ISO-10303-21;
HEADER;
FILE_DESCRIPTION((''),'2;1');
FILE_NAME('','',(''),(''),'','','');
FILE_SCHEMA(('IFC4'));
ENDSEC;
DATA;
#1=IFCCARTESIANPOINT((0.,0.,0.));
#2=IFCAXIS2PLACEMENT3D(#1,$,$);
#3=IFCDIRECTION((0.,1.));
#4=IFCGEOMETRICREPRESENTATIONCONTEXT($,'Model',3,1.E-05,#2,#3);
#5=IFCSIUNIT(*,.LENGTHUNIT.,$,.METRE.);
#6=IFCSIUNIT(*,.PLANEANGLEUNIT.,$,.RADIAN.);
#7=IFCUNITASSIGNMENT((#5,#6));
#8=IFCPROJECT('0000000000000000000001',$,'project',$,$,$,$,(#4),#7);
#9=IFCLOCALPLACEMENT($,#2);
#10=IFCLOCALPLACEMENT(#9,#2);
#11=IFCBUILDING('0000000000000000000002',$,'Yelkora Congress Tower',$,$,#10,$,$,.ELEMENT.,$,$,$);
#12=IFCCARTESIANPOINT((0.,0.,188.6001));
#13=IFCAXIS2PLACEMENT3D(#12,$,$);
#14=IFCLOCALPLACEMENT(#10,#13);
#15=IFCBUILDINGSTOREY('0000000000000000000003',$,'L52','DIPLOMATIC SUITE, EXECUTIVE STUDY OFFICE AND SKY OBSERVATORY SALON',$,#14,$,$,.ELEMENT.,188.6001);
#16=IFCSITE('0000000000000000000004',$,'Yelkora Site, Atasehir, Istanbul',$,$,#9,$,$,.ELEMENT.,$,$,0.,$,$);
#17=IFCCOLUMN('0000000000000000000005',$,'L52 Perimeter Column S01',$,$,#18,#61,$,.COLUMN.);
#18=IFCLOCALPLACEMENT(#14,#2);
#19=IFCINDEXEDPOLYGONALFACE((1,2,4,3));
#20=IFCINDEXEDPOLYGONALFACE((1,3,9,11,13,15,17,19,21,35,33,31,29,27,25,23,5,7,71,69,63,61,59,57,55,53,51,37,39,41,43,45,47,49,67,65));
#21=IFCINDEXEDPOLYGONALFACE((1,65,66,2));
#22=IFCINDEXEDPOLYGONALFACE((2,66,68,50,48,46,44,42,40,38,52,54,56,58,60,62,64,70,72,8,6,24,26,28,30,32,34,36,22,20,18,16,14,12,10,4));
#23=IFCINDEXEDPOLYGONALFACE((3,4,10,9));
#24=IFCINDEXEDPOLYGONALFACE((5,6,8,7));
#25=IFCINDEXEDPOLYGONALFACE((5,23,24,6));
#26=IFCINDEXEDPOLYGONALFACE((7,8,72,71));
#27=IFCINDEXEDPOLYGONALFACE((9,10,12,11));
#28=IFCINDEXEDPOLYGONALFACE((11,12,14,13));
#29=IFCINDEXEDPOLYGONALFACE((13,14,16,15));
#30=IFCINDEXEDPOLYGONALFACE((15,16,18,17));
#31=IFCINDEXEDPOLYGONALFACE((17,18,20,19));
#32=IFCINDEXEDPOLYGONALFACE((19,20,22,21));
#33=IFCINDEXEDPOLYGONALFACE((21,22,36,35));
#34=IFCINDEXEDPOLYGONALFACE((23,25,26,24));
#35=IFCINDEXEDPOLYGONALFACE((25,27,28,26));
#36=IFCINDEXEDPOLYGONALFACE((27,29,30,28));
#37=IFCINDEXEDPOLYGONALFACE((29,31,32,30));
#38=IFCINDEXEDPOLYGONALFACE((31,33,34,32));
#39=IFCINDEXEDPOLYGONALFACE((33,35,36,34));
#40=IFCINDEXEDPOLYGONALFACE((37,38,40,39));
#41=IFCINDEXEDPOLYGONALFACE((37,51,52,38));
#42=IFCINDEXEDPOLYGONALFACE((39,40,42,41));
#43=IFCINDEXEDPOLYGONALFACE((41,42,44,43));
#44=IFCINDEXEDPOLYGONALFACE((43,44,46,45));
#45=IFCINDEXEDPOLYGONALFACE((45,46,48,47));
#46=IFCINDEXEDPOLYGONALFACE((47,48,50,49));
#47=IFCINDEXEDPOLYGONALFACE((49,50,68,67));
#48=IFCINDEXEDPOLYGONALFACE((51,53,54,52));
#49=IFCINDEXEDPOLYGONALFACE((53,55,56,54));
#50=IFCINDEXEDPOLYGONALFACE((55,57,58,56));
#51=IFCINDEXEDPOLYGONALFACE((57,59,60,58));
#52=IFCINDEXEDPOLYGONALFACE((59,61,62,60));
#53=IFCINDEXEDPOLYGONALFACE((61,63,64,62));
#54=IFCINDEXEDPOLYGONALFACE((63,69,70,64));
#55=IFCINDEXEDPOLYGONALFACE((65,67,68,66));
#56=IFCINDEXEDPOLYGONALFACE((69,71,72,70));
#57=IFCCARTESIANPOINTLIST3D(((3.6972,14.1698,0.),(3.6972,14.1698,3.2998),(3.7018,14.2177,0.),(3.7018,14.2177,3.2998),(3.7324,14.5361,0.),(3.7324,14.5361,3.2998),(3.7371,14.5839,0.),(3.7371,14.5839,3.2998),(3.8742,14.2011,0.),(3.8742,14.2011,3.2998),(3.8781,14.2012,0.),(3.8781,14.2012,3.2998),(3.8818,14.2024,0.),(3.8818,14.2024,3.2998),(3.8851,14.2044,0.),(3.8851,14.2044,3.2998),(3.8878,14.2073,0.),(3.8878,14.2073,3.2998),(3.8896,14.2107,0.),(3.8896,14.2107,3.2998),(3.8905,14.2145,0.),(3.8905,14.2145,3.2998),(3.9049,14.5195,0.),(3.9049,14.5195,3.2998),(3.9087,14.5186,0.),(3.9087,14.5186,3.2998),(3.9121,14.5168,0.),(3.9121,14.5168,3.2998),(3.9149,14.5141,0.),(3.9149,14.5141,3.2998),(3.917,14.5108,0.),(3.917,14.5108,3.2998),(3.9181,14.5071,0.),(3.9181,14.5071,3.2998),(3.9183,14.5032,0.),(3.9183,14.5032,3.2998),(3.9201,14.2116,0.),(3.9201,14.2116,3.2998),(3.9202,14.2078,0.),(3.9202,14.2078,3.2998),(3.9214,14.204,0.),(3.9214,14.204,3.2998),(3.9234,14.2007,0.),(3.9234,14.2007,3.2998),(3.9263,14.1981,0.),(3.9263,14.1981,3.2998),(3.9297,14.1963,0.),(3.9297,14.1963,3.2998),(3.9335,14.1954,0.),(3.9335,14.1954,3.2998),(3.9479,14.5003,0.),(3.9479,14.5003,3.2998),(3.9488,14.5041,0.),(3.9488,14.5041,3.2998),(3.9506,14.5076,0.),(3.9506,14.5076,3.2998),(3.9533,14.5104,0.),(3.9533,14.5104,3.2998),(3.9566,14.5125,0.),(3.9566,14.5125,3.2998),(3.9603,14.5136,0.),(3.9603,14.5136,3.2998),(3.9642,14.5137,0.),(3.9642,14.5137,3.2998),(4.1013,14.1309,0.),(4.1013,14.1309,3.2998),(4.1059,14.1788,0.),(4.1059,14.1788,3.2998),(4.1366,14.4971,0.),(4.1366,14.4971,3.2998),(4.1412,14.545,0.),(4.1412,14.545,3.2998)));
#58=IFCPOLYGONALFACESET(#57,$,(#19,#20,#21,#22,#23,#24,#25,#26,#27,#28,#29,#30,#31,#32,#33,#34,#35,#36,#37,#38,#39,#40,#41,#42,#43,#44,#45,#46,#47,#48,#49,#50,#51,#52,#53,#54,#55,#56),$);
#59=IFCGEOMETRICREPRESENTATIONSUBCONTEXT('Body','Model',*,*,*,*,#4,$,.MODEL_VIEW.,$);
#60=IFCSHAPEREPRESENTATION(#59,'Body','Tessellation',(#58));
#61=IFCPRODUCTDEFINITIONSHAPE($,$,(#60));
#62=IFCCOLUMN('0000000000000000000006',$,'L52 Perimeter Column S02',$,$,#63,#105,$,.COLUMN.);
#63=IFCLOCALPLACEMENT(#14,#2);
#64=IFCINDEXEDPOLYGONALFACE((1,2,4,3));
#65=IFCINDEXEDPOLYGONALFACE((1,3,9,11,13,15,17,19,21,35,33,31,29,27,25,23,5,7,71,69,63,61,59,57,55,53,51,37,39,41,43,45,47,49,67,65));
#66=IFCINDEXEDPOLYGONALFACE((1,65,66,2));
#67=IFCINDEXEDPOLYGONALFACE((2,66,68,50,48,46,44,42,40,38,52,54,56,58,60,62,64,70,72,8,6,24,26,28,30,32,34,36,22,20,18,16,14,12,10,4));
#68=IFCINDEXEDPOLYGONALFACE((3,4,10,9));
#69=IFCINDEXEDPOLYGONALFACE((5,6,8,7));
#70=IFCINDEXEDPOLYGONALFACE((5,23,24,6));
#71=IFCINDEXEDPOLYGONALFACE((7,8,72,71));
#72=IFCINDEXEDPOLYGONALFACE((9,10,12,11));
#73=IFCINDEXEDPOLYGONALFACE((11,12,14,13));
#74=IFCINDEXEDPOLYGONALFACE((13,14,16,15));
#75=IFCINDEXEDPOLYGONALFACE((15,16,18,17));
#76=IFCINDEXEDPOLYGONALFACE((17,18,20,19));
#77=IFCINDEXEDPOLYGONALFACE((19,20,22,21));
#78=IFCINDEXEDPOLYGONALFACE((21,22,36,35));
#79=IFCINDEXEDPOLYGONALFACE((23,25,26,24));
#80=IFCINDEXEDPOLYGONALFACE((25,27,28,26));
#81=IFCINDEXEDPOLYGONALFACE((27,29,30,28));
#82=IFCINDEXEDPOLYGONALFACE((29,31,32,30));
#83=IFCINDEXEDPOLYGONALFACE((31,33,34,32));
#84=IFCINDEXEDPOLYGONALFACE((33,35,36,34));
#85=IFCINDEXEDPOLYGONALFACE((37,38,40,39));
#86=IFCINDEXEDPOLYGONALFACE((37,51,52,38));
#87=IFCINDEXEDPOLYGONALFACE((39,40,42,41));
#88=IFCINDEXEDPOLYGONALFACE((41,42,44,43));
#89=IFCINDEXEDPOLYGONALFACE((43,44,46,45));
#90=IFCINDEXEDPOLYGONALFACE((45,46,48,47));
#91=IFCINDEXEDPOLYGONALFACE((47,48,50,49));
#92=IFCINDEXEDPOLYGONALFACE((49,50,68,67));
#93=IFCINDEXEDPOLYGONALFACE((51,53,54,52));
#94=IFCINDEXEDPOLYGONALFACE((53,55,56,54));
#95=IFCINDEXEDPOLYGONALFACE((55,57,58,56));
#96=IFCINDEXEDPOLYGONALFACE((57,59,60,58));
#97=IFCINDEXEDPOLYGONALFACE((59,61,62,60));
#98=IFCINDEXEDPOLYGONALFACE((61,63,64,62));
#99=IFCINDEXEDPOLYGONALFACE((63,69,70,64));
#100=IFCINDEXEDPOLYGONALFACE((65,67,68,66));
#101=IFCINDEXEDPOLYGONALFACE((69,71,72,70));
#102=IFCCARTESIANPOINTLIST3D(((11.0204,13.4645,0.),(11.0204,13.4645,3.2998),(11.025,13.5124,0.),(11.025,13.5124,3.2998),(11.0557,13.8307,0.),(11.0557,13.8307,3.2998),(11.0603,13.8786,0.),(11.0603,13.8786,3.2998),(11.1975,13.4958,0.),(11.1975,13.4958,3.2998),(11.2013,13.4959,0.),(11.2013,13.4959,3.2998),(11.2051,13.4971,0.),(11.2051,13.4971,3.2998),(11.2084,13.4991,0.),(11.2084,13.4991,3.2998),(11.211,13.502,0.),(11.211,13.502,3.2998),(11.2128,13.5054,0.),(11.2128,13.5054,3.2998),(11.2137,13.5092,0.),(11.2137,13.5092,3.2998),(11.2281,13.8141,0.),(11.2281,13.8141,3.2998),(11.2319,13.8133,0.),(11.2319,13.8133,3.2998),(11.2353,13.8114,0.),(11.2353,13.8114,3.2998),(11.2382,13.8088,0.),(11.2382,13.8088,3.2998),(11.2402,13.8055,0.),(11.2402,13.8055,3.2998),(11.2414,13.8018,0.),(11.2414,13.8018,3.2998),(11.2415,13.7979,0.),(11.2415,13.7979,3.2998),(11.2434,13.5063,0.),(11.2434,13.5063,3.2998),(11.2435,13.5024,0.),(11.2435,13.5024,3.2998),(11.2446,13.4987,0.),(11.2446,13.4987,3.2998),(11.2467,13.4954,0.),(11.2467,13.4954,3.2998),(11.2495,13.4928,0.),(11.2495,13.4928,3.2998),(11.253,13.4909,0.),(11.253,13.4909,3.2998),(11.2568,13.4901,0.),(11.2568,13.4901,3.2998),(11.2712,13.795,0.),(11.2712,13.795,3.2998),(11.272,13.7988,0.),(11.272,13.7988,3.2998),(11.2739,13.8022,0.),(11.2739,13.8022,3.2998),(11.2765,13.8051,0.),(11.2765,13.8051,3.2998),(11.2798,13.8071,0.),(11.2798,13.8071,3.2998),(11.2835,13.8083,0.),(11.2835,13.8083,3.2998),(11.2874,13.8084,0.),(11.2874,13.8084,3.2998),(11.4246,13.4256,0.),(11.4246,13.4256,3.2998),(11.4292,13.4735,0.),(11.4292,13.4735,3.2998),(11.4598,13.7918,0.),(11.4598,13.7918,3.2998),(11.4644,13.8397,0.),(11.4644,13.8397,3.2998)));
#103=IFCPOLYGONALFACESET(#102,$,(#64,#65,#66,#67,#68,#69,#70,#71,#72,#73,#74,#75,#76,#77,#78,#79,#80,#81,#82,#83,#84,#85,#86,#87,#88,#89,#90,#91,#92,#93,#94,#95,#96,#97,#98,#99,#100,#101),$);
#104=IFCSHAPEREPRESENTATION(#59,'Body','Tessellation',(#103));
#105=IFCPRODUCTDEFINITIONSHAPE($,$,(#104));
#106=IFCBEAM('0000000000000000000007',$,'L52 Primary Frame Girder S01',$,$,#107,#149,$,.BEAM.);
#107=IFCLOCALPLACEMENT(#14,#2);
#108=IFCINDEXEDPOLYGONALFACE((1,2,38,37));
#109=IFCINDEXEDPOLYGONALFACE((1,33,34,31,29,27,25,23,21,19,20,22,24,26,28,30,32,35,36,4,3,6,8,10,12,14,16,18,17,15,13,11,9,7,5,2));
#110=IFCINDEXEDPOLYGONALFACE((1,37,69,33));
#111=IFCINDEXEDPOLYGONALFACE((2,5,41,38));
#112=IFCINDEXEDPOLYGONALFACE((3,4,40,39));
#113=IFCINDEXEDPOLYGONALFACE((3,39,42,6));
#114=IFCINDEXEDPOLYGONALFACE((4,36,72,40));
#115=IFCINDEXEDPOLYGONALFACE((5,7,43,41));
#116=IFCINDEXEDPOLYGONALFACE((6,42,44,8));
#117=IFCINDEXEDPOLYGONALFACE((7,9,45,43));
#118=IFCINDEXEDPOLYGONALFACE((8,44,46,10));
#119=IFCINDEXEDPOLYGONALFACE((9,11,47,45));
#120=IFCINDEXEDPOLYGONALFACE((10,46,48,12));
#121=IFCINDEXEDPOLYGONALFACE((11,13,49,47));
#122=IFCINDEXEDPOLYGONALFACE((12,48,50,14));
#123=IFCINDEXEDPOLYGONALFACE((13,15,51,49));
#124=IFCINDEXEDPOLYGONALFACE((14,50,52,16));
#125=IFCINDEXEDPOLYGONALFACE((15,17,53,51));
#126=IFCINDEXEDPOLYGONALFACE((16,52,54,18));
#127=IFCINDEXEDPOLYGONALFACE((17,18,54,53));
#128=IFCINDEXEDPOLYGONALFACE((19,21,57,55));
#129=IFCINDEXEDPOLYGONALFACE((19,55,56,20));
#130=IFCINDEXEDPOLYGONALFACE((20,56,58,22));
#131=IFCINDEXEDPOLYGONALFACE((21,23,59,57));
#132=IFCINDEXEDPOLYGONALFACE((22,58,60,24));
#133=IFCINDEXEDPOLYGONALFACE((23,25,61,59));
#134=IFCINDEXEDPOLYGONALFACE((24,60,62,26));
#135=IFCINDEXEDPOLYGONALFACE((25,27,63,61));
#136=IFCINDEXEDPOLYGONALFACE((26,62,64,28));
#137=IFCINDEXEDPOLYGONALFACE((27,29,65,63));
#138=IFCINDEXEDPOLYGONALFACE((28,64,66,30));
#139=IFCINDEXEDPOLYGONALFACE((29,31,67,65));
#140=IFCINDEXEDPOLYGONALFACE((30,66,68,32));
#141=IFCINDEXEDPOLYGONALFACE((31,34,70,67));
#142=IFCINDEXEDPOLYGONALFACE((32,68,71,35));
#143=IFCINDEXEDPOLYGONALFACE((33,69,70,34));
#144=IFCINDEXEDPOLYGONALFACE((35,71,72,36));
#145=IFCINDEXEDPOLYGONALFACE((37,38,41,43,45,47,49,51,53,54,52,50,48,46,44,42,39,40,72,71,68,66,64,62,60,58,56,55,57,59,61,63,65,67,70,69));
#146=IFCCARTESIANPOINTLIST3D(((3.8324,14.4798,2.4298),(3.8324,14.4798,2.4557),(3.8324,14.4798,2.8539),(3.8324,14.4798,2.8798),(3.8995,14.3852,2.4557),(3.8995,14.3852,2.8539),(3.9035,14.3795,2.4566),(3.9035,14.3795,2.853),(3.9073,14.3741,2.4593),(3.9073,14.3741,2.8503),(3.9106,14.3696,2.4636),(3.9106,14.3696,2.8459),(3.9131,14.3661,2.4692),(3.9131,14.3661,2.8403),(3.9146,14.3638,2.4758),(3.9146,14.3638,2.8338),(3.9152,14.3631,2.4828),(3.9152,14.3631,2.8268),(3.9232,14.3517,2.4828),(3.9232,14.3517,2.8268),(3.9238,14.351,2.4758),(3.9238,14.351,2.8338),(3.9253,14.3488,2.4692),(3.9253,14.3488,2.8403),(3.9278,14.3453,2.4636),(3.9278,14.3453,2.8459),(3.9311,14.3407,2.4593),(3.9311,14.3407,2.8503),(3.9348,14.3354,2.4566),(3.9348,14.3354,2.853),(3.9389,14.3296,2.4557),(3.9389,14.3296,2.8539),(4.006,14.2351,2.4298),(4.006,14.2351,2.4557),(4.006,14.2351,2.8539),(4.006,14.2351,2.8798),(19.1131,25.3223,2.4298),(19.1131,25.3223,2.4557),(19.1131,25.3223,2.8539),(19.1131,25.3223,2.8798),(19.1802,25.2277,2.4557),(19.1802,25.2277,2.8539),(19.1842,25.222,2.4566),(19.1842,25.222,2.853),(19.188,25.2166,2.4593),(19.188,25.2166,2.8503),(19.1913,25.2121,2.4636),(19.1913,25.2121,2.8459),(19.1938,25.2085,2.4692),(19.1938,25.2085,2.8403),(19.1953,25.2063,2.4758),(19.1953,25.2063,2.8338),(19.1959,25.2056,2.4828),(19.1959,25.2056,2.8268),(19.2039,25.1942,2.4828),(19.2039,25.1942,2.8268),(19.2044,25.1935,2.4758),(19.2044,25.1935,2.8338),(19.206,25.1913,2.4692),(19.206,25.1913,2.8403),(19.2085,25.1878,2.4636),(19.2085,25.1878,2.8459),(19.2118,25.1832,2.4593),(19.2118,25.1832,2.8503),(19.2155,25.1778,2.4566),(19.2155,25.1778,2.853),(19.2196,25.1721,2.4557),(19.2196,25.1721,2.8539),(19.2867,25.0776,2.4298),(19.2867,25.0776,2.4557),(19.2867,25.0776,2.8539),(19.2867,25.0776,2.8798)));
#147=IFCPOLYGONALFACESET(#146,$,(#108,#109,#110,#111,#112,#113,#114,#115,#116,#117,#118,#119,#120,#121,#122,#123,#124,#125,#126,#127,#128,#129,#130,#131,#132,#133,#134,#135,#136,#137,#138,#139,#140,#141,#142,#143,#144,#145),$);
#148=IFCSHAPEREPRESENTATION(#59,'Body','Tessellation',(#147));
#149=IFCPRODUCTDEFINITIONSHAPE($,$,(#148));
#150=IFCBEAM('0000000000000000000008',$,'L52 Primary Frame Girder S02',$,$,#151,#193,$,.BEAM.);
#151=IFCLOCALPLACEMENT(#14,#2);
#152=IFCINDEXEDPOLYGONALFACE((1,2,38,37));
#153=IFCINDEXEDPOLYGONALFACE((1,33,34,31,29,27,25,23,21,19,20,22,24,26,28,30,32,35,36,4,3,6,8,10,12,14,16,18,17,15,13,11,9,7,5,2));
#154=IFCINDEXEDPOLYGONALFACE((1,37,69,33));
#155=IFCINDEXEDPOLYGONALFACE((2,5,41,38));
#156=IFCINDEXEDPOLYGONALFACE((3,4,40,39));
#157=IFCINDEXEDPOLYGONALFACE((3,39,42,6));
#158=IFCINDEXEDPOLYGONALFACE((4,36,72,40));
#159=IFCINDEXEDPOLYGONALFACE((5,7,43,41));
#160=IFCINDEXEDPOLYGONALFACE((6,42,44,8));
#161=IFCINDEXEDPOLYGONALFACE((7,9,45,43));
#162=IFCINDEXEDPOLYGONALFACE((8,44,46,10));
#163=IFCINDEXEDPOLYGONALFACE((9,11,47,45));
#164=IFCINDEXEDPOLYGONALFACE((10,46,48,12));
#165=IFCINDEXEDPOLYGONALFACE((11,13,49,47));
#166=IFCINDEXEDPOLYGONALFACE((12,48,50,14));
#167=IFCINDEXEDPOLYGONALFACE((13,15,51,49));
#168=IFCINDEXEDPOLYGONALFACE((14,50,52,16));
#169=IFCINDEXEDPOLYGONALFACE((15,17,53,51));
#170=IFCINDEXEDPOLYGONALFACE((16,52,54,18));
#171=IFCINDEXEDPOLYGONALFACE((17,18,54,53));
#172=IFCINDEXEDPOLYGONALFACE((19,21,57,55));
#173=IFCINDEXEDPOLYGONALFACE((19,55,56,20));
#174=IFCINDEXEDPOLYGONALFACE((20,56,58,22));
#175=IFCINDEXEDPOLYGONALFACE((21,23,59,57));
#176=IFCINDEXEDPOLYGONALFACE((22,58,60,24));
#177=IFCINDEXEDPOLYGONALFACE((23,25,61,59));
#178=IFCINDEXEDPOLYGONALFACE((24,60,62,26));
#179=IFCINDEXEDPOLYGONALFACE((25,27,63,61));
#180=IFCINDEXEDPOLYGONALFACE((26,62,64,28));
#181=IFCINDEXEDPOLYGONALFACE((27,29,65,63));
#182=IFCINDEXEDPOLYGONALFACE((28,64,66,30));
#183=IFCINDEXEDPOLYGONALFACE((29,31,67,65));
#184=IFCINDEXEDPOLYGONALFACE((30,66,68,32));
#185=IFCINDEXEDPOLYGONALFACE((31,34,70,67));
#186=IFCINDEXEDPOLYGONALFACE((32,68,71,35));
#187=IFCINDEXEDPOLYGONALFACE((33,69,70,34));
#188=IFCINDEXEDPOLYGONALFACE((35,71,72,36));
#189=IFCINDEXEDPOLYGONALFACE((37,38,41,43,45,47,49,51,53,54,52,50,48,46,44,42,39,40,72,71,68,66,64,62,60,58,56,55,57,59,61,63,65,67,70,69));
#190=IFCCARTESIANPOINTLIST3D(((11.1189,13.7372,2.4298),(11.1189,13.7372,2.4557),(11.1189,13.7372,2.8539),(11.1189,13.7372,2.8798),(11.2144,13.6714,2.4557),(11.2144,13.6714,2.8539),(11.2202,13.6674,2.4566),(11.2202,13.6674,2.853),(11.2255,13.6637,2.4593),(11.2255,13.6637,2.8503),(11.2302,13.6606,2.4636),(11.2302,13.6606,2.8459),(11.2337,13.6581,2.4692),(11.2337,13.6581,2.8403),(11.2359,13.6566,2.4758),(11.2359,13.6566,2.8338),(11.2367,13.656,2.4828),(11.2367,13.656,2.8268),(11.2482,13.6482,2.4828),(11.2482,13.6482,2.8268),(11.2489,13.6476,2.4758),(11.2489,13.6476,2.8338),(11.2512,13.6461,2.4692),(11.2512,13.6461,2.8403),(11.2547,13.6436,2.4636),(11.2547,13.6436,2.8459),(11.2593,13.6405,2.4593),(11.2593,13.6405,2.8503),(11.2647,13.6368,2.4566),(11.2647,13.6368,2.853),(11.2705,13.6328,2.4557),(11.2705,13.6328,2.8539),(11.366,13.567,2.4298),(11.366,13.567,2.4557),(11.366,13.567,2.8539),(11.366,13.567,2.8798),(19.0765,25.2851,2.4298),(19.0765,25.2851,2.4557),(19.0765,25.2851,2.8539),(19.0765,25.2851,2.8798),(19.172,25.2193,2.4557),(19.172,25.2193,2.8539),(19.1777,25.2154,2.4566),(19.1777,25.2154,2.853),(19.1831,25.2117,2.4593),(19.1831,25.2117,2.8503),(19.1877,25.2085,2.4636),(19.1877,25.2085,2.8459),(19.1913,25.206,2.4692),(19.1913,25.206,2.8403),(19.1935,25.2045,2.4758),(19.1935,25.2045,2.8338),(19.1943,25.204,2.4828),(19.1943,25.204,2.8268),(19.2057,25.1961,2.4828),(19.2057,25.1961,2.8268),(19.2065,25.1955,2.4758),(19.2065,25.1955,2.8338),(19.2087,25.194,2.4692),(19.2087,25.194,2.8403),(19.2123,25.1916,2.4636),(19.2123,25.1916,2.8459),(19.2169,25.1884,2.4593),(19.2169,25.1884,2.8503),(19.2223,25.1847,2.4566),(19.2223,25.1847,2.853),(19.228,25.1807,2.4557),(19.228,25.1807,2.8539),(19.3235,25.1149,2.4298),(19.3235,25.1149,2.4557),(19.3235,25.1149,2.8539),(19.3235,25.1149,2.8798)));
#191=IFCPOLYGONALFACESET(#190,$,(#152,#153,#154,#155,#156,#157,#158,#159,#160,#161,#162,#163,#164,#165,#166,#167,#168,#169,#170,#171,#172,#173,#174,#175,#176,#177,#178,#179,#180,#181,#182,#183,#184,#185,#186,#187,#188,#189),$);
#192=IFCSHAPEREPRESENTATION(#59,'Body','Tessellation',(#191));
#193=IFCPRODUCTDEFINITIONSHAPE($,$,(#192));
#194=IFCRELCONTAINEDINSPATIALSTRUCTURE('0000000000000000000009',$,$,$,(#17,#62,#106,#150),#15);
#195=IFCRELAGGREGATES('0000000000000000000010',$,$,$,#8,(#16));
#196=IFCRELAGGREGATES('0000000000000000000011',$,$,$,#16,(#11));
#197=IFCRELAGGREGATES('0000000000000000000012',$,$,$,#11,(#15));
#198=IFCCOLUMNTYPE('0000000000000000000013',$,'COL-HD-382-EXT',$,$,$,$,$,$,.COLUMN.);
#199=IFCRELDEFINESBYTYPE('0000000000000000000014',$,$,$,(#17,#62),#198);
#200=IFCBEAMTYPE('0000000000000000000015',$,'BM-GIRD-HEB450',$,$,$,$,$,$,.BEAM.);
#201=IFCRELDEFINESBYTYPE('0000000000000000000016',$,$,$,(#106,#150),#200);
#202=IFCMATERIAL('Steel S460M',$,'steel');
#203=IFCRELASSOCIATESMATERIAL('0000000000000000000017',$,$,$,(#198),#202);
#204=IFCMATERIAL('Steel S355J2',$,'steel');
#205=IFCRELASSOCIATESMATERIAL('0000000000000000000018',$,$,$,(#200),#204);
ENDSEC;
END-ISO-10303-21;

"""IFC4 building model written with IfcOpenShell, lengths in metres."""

from ifc_helpers import new_model, si_unit, direction, frame, origin, origin_2d, place, context, subcontext, project, spatial, i_section, extrude, material, material_profile, profile_set, type_object, element, save


model = new_model("IFC4")

# Units and contexts
model_context = context("Model", 3, precision=1e-05, world=origin(), true_north=direction((0.0, 1.0)))
body_context = subcontext(model_context, "Body", "Model", "MODEL_VIEW")
ifc_project = project(units=[si_unit("LENGTHUNIT", "METRE"), si_unit("PLANEANGLEUNIT", "RADIAN")], contexts=[model_context])

# Site, building, storey
site_placement = place(None, origin())
site = spatial("IfcSite", under=ifc_project, at=site_placement, Name="Yelkora Site, Atasehir, Istanbul", CompositionType="ELEMENT", RefElevation=0.0)
building_placement = place(site_placement, origin())
building = spatial("IfcBuilding", under=site, at=building_placement, Name="Yelkora Congress Tower", CompositionType="ELEMENT")
storey_placement = place(building_placement, frame((0.0, 0.0, 188.6001)))
storey = spatial("IfcBuildingStorey", under=building, at=storey_placement, Name="L52", Description="DIPLOMATIC SUITE, EXECUTIVE STUDY OFFICE AND SKY OBSERVATORY SALON", CompositionType="ELEMENT", Elevation=188.6001)

# Columns
ifc_material_1 = material(Name="Steel S460M", Category="steel")
ifc_material_profile_1 = material_profile(ifc_material_1, i_section(OverallWidth=0.406, OverallDepth=0.416, WebThickness=0.0298, FlangeThickness=0.0481, FilletRadius=0.0149, at=origin_2d()), Name="HD 400x382")
ifc_profile_set_1 = profile_set([ifc_material_profile_1], Name="Steel S460M")
column_type = type_object("IfcColumnType", Name="COL-HD-382-EXT", PredefinedType="COLUMN", material=ifc_profile_set_1)
for number, where, z_axis, x_axis, name in (
    (1, (3.9192, 14.3574, 0.0), (0.0, 0.0, 1.0), (0.995396, -0.095846, 0.0), "L52 Perimeter Column S01"),
    (2, (11.2424, 13.6521, 0.0), (0.0, 0.0, 1.0), (0.995396, -0.095846, 0.0), "L52 Perimeter Column S02"),
):
    element("IfcColumn", number, at=place(storey_placement, frame(where, z_axis=z_axis, x_axis=x_axis)), inside=storey, type_object=column_type, Name=name, PredefinedType="COLUMN", context=body_context, shape_type="SweptSolid", body=[
        extrude(i_section(OverallWidth=0.406, OverallDepth=0.416, WebThickness=0.0298, FlangeThickness=0.0481, FilletRadius=0.0149, at=origin_2d()), origin(), (0.0, 0.0, 1.0), 3.2998),
    ])

# Beams
ifc_material_2 = material(Name="Steel S355J2", Category="steel")
ifc_material_profile_2 = material_profile(ifc_material_2, i_section(OverallWidth=0.3, OverallDepth=0.45, WebThickness=0.0139, FlangeThickness=0.0259, FilletRadius=0.0271, at=origin_2d()), Name="HEB 450")
ifc_profile_set_2 = profile_set([ifc_material_profile_2], Name="Steel S355J2")
beam_type_1 = type_object("IfcBeamType", Name="BM-GIRD-HEB450", PredefinedType="BEAM", material=ifc_profile_set_2)
beam_1_placement = place(storey_placement, frame((3.9192, 14.3574, 2.6548), z_axis=(0.815555, 0.57868, 0.0), x_axis=(-0.57868, 0.815555, 0.0)))
element("IfcBeam", 3, at=beam_1_placement, inside=storey, type_object=beam_type_1, Name="L52 Primary Frame Girder S01", PredefinedType="BEAM", context=body_context, shape_type="SweptSolid", body=[
    extrude(i_section(OverallWidth=0.3, OverallDepth=0.45, WebThickness=0.0139, FlangeThickness=0.0259, FilletRadius=0.0271, at=origin_2d()), origin(), (0.0, 0.0, 1.0), 18.7366),
])
beam_2_placement = place(storey_placement, frame((11.2424, 13.6521, 2.6548), z_axis=(0.567418, 0.82343, 0.0), x_axis=(-0.82343, 0.567418, 0.0)))
element("IfcBeam", 4, at=beam_2_placement, inside=storey, type_object=beam_type_1, Name="L52 Primary Frame Girder S02", PredefinedType="BEAM", context=body_context, shape_type="SweptSolid", body=[
    extrude(i_section(OverallWidth=0.3, OverallDepth=0.45, WebThickness=0.0139, FlangeThickness=0.0259, FilletRadius=0.0271, at=origin_2d()), origin(), (0.0, 0.0, 1.0), 14.0242),
])

save(model, "model.ifc")
